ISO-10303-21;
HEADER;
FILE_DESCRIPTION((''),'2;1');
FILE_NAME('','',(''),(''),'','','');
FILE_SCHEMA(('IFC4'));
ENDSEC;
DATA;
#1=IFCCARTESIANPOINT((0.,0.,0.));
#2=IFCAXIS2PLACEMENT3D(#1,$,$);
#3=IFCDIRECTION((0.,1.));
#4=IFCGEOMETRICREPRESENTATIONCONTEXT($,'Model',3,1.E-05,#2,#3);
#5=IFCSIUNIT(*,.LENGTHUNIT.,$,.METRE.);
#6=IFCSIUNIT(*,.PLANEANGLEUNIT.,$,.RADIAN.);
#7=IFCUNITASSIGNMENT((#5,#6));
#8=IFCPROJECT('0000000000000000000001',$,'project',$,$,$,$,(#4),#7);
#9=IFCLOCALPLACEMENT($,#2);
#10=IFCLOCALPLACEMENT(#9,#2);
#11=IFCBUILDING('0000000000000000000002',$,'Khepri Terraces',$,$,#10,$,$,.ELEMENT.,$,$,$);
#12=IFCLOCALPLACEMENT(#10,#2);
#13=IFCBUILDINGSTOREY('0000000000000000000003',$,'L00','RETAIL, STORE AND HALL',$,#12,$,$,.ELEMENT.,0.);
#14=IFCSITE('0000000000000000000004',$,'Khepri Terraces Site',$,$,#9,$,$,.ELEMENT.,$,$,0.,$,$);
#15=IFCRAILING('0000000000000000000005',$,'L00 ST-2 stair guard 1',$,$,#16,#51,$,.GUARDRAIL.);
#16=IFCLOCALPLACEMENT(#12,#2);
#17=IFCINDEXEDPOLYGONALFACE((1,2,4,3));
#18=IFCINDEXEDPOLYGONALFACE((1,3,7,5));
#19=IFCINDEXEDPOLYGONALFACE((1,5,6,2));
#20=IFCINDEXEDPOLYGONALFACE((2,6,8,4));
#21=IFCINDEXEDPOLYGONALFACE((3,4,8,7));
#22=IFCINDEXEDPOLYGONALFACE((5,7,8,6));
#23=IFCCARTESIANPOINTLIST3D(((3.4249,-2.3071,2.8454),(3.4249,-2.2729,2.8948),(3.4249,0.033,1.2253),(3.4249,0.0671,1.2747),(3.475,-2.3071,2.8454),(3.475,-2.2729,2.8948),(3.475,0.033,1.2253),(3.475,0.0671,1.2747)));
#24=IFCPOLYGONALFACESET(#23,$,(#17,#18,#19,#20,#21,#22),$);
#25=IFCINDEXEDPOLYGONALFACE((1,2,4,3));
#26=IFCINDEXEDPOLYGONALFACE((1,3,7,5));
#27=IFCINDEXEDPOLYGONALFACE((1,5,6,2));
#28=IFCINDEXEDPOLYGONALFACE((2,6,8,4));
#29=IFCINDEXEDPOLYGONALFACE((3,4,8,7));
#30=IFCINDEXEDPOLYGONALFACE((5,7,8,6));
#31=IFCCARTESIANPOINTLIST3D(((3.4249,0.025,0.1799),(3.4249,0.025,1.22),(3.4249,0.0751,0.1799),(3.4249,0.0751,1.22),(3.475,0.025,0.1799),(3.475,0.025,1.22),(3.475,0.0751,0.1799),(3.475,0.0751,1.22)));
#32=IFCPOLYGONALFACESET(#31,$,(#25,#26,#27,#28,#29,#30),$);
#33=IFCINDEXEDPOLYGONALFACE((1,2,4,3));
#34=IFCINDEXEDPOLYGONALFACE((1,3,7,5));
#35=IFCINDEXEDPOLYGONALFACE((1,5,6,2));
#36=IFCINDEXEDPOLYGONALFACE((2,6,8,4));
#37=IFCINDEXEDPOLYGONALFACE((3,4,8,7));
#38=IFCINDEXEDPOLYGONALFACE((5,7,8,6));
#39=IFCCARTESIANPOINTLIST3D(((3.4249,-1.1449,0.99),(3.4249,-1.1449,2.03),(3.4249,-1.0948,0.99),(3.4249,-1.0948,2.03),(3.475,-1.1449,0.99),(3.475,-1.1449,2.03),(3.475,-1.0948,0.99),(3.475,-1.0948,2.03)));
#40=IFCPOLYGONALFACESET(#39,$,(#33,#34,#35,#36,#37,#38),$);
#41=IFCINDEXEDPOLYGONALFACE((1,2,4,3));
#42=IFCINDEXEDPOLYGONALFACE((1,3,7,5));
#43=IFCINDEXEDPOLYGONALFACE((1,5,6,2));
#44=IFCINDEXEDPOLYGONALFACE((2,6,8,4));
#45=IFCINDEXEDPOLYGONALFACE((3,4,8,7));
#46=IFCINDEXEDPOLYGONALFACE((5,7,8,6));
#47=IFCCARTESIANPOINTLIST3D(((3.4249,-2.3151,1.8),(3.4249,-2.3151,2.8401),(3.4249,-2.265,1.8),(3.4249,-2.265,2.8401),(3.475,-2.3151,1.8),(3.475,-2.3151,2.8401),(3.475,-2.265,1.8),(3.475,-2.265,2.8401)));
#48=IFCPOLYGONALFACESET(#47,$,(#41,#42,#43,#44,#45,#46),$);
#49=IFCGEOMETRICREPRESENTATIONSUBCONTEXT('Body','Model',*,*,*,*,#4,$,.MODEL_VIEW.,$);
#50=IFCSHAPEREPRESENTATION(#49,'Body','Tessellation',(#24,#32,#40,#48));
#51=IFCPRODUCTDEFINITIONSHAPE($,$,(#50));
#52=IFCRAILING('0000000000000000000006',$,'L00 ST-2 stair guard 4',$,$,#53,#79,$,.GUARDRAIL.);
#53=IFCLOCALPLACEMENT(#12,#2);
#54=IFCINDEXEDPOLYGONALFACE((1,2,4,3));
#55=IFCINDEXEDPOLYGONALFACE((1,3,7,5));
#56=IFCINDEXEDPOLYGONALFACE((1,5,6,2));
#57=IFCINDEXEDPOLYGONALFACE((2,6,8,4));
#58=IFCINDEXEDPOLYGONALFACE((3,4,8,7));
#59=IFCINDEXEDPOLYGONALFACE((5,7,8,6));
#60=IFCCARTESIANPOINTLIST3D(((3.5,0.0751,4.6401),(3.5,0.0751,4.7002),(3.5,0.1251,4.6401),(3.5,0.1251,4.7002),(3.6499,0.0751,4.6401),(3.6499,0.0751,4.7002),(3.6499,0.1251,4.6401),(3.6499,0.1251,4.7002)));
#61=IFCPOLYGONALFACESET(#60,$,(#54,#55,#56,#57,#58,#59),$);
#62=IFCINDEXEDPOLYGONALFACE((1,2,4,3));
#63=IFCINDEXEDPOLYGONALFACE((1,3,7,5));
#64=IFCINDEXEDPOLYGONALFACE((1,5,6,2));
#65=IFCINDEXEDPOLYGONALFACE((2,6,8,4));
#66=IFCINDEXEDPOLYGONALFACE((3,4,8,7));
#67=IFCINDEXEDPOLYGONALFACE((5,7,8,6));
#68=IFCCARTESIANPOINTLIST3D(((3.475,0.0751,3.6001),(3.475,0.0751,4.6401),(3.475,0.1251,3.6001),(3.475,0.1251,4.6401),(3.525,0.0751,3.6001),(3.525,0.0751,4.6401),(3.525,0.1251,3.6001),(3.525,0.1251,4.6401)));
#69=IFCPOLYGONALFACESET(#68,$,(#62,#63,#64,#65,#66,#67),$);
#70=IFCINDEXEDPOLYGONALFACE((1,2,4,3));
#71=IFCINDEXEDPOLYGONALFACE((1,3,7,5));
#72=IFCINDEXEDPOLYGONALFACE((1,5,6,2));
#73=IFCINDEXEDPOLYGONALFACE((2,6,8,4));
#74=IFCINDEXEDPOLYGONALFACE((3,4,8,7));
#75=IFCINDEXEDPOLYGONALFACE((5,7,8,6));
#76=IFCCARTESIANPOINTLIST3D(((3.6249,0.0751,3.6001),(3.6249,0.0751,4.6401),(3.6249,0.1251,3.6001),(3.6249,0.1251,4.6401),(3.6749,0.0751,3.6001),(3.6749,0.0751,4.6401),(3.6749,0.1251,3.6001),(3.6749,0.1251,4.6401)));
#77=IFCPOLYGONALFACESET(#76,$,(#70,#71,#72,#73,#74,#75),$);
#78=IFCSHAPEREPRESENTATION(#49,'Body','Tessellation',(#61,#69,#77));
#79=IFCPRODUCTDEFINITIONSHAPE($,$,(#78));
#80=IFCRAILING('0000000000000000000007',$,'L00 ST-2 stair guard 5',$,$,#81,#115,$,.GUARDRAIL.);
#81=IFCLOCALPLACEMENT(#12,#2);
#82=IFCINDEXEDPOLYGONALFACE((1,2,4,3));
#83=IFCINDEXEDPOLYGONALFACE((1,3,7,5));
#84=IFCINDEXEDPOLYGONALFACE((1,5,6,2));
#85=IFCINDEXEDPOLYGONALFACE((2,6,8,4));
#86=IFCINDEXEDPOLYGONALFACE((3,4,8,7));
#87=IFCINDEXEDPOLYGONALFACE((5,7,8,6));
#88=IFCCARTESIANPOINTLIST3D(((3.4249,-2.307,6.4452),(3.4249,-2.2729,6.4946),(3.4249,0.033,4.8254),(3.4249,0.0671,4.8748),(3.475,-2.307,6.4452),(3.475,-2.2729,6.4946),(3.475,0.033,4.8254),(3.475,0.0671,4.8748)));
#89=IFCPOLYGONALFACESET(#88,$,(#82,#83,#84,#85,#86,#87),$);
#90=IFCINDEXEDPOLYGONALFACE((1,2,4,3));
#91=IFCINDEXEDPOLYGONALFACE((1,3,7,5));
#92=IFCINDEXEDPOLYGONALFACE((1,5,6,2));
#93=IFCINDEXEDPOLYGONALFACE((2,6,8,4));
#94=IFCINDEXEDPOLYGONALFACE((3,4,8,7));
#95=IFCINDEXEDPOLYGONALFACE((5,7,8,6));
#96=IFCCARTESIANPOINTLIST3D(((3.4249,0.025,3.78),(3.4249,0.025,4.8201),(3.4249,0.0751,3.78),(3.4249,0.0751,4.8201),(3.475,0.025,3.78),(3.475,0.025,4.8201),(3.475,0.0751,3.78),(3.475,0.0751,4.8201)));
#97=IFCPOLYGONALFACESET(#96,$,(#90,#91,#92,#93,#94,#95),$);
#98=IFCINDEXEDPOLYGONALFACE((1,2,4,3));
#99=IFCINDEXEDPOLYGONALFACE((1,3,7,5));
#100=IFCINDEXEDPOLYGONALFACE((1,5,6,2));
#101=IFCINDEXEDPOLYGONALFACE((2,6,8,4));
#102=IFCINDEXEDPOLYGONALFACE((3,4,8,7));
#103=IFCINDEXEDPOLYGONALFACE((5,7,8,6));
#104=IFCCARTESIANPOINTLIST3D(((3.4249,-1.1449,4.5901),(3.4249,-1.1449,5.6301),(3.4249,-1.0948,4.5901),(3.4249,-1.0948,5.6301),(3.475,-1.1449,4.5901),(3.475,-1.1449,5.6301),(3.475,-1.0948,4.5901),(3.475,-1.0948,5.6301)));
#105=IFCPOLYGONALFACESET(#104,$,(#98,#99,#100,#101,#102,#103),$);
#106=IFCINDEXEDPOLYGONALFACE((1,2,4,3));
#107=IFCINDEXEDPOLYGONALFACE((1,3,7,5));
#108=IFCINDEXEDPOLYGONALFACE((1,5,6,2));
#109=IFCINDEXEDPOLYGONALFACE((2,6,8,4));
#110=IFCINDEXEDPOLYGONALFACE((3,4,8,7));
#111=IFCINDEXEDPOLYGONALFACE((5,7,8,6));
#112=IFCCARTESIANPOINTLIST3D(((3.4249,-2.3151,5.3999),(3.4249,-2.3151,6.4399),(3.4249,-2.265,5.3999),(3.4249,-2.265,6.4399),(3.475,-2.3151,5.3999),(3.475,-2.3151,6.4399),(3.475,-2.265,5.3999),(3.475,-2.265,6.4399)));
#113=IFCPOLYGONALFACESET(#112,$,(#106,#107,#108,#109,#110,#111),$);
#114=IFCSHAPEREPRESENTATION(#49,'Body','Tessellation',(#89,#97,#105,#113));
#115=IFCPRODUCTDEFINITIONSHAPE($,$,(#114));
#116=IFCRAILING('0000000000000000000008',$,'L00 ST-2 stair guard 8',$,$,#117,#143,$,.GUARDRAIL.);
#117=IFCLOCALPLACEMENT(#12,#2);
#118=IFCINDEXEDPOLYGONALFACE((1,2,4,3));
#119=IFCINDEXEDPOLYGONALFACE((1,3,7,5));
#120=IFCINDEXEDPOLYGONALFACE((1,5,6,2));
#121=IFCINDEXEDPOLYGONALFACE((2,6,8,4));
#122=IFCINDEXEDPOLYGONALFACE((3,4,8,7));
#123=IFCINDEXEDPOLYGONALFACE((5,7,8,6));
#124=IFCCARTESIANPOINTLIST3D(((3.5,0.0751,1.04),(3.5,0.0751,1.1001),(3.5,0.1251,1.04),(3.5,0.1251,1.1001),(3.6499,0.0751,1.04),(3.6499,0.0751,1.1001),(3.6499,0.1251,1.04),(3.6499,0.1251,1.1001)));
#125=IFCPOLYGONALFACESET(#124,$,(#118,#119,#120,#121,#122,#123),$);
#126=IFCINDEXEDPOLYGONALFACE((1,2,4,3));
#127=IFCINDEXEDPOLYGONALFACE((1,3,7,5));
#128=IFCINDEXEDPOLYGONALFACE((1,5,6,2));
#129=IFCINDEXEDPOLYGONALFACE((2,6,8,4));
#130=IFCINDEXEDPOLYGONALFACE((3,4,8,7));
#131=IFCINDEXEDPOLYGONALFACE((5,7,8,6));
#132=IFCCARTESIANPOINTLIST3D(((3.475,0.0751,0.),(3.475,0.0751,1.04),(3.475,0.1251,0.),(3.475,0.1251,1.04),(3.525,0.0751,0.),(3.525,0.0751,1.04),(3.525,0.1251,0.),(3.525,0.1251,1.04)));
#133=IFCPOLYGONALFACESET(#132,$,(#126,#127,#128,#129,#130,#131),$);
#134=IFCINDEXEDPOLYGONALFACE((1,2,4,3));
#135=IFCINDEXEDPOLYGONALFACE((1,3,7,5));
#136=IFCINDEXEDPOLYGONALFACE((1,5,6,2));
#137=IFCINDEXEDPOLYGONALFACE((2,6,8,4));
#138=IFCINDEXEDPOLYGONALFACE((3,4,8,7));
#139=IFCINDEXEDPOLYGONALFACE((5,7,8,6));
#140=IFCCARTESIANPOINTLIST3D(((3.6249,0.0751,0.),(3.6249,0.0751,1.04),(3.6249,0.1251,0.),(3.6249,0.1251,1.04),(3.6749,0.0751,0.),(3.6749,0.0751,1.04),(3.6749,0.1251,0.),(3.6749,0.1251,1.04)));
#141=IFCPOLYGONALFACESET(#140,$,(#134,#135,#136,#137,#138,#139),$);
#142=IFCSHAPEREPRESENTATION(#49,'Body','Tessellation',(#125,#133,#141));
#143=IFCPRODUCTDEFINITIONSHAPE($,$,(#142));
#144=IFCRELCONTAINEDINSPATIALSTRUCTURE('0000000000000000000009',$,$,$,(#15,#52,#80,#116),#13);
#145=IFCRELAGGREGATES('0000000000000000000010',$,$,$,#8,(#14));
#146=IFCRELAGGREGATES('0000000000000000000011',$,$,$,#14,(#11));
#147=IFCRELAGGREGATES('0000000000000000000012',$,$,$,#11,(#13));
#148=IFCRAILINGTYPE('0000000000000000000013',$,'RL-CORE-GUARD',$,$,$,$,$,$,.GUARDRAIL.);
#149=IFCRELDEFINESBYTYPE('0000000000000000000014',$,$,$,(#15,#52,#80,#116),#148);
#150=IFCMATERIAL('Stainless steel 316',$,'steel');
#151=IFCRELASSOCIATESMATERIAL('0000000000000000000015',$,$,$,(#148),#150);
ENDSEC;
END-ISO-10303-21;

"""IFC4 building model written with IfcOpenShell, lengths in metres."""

from ifc_helpers import new_model, si_unit, direction, frame, origin, origin_2d, place, context, subcontext, project, spatial, rectangle, extrude, material, type_object, element, save


model = new_model("IFC4")

# Units and contexts
model_context = context("Model", 3, precision=1e-05, world=origin(), true_north=direction((0.0, 1.0)))
body_context = subcontext(model_context, "Body", "Model", "MODEL_VIEW")
ifc_project = project(units=[si_unit("LENGTHUNIT", "METRE"), si_unit("PLANEANGLEUNIT", "RADIAN")], contexts=[model_context])

# Site, building, storey
site_placement = place(None, origin())
site = spatial("IfcSite", under=ifc_project, at=site_placement, Name="Khepri Terraces Site", CompositionType="ELEMENT", RefElevation=0.0)
building_placement = place(site_placement, origin())
building = spatial("IfcBuilding", under=site, at=building_placement, Name="Khepri Terraces", CompositionType="ELEMENT")
storey_placement = place(building_placement, origin())
storey = spatial("IfcBuildingStorey", under=building, at=storey_placement, Name="L00", Description="RETAIL, STORE AND HALL", CompositionType="ELEMENT", Elevation=0.0)

# Railings
ifc_material_1 = material(Name="Stainless steel 316", Category="steel")
railing_type = type_object("IfcRailingType", Name="RL-CORE-GUARD", PredefinedType="GUARDRAIL", material=ifc_material_1)
railing_1_placement = place(storey_placement, frame((3.45, 0.05, 0.1799)))
element("IfcRailing", 1, at=railing_1_placement, inside=storey, type_object=railing_type, Name="L00 ST-2 stair guard 1", PredefinedType="GUARDRAIL", context=body_context, shape_type="SweptSolid", body=[
    extrude(rectangle(XDim=0.05, YDim=0.0601, at=origin_2d()), frame((0.0, 0.0, 1.0701), z_axis=(0.0, -0.822183, 0.569223), x_axis=(1.0, 0.0, 0.0)), (0.0, 0.0, 1.0), 2.8462),
    extrude(rectangle(XDim=0.05, YDim=0.05, at=origin_2d()), origin(), (0.0, 0.0, 1.0), 1.04),
    extrude(rectangle(XDim=0.05, YDim=0.05, at=origin_2d()), frame((0.0, -1.1699, 0.8101)), (0.0, 0.0, 1.0), 1.04),
    extrude(rectangle(XDim=0.05, YDim=0.05, at=origin_2d()), frame((0.0, -2.3401, 1.6201)), (0.0, 0.0, 1.0), 1.04),
])
railing_2_placement = place(storey_placement, frame((3.5, 0.1001, 3.6001)))
element("IfcRailing", 2, at=railing_2_placement, inside=storey, type_object=railing_type, Name="L00 ST-2 stair guard 4", PredefinedType="GUARDRAIL", context=body_context, shape_type="SweptSolid", body=[
    extrude(rectangle(XDim=0.05, YDim=0.0601, at=origin_2d()), frame((0.0, 0.0, 1.0701), z_axis=(1.0, 0.0, 0.0), x_axis=(0.0, 1.0, 0.0)), (0.0, 0.0, 1.0), 0.1499),
    extrude(rectangle(XDim=0.05, YDim=0.05, at=origin_2d()), origin(), (0.0, 0.0, 1.0), 1.04),
    extrude(rectangle(XDim=0.05, YDim=0.05, at=origin_2d()), frame((0.1499, 0.0, 0.0)), (0.0, 0.0, 1.0), 1.04),
])
railing_3_placement = place(storey_placement, frame((3.45, 0.05, 3.78)))
element("IfcRailing", 3, at=railing_3_placement, inside=storey, type_object=railing_type, Name="L00 ST-2 stair guard 5", PredefinedType="GUARDRAIL", context=body_context, shape_type="SweptSolid", body=[
    extrude(rectangle(XDim=0.05, YDim=0.0601, at=origin_2d()), frame((0.0, 0.0, 1.0701), z_axis=(0.0, -0.822223, 0.569165), x_axis=(1.0, 0.0, 0.0)), (0.0, 0.0, 1.0), 2.8459),
    extrude(rectangle(XDim=0.05, YDim=0.05, at=origin_2d()), origin(), (0.0, 0.0, 1.0), 1.04),
    extrude(rectangle(XDim=0.05, YDim=0.05, at=origin_2d()), frame((0.0, -1.1699, 0.8101)), (0.0, 0.0, 1.0), 1.04),
    extrude(rectangle(XDim=0.05, YDim=0.05, at=origin_2d()), frame((0.0, -2.3401, 1.6199)), (0.0, 0.0, 1.0), 1.04),
])
railing_4_placement = place(storey_placement, frame((3.5, 0.1001, 0.0)))
element("IfcRailing", 4, at=railing_4_placement, inside=storey, type_object=railing_type, Name="L00 ST-2 stair guard 8", PredefinedType="GUARDRAIL", context=body_context, shape_type="SweptSolid", body=[
    extrude(rectangle(XDim=0.05, YDim=0.0601, at=origin_2d()), frame((0.0, 0.0, 1.0701), z_axis=(1.0, 0.0, 0.0), x_axis=(0.0, 1.0, 0.0)), (0.0, 0.0, 1.0), 0.1499),
    extrude(rectangle(XDim=0.05, YDim=0.05, at=origin_2d()), origin(), (0.0, 0.0, 1.0), 1.04),
    extrude(rectangle(XDim=0.05, YDim=0.05, at=origin_2d()), frame((0.1499, 0.0, 0.0)), (0.0, 0.0, 1.0), 1.04),
])

save(model, "model.ifc")
